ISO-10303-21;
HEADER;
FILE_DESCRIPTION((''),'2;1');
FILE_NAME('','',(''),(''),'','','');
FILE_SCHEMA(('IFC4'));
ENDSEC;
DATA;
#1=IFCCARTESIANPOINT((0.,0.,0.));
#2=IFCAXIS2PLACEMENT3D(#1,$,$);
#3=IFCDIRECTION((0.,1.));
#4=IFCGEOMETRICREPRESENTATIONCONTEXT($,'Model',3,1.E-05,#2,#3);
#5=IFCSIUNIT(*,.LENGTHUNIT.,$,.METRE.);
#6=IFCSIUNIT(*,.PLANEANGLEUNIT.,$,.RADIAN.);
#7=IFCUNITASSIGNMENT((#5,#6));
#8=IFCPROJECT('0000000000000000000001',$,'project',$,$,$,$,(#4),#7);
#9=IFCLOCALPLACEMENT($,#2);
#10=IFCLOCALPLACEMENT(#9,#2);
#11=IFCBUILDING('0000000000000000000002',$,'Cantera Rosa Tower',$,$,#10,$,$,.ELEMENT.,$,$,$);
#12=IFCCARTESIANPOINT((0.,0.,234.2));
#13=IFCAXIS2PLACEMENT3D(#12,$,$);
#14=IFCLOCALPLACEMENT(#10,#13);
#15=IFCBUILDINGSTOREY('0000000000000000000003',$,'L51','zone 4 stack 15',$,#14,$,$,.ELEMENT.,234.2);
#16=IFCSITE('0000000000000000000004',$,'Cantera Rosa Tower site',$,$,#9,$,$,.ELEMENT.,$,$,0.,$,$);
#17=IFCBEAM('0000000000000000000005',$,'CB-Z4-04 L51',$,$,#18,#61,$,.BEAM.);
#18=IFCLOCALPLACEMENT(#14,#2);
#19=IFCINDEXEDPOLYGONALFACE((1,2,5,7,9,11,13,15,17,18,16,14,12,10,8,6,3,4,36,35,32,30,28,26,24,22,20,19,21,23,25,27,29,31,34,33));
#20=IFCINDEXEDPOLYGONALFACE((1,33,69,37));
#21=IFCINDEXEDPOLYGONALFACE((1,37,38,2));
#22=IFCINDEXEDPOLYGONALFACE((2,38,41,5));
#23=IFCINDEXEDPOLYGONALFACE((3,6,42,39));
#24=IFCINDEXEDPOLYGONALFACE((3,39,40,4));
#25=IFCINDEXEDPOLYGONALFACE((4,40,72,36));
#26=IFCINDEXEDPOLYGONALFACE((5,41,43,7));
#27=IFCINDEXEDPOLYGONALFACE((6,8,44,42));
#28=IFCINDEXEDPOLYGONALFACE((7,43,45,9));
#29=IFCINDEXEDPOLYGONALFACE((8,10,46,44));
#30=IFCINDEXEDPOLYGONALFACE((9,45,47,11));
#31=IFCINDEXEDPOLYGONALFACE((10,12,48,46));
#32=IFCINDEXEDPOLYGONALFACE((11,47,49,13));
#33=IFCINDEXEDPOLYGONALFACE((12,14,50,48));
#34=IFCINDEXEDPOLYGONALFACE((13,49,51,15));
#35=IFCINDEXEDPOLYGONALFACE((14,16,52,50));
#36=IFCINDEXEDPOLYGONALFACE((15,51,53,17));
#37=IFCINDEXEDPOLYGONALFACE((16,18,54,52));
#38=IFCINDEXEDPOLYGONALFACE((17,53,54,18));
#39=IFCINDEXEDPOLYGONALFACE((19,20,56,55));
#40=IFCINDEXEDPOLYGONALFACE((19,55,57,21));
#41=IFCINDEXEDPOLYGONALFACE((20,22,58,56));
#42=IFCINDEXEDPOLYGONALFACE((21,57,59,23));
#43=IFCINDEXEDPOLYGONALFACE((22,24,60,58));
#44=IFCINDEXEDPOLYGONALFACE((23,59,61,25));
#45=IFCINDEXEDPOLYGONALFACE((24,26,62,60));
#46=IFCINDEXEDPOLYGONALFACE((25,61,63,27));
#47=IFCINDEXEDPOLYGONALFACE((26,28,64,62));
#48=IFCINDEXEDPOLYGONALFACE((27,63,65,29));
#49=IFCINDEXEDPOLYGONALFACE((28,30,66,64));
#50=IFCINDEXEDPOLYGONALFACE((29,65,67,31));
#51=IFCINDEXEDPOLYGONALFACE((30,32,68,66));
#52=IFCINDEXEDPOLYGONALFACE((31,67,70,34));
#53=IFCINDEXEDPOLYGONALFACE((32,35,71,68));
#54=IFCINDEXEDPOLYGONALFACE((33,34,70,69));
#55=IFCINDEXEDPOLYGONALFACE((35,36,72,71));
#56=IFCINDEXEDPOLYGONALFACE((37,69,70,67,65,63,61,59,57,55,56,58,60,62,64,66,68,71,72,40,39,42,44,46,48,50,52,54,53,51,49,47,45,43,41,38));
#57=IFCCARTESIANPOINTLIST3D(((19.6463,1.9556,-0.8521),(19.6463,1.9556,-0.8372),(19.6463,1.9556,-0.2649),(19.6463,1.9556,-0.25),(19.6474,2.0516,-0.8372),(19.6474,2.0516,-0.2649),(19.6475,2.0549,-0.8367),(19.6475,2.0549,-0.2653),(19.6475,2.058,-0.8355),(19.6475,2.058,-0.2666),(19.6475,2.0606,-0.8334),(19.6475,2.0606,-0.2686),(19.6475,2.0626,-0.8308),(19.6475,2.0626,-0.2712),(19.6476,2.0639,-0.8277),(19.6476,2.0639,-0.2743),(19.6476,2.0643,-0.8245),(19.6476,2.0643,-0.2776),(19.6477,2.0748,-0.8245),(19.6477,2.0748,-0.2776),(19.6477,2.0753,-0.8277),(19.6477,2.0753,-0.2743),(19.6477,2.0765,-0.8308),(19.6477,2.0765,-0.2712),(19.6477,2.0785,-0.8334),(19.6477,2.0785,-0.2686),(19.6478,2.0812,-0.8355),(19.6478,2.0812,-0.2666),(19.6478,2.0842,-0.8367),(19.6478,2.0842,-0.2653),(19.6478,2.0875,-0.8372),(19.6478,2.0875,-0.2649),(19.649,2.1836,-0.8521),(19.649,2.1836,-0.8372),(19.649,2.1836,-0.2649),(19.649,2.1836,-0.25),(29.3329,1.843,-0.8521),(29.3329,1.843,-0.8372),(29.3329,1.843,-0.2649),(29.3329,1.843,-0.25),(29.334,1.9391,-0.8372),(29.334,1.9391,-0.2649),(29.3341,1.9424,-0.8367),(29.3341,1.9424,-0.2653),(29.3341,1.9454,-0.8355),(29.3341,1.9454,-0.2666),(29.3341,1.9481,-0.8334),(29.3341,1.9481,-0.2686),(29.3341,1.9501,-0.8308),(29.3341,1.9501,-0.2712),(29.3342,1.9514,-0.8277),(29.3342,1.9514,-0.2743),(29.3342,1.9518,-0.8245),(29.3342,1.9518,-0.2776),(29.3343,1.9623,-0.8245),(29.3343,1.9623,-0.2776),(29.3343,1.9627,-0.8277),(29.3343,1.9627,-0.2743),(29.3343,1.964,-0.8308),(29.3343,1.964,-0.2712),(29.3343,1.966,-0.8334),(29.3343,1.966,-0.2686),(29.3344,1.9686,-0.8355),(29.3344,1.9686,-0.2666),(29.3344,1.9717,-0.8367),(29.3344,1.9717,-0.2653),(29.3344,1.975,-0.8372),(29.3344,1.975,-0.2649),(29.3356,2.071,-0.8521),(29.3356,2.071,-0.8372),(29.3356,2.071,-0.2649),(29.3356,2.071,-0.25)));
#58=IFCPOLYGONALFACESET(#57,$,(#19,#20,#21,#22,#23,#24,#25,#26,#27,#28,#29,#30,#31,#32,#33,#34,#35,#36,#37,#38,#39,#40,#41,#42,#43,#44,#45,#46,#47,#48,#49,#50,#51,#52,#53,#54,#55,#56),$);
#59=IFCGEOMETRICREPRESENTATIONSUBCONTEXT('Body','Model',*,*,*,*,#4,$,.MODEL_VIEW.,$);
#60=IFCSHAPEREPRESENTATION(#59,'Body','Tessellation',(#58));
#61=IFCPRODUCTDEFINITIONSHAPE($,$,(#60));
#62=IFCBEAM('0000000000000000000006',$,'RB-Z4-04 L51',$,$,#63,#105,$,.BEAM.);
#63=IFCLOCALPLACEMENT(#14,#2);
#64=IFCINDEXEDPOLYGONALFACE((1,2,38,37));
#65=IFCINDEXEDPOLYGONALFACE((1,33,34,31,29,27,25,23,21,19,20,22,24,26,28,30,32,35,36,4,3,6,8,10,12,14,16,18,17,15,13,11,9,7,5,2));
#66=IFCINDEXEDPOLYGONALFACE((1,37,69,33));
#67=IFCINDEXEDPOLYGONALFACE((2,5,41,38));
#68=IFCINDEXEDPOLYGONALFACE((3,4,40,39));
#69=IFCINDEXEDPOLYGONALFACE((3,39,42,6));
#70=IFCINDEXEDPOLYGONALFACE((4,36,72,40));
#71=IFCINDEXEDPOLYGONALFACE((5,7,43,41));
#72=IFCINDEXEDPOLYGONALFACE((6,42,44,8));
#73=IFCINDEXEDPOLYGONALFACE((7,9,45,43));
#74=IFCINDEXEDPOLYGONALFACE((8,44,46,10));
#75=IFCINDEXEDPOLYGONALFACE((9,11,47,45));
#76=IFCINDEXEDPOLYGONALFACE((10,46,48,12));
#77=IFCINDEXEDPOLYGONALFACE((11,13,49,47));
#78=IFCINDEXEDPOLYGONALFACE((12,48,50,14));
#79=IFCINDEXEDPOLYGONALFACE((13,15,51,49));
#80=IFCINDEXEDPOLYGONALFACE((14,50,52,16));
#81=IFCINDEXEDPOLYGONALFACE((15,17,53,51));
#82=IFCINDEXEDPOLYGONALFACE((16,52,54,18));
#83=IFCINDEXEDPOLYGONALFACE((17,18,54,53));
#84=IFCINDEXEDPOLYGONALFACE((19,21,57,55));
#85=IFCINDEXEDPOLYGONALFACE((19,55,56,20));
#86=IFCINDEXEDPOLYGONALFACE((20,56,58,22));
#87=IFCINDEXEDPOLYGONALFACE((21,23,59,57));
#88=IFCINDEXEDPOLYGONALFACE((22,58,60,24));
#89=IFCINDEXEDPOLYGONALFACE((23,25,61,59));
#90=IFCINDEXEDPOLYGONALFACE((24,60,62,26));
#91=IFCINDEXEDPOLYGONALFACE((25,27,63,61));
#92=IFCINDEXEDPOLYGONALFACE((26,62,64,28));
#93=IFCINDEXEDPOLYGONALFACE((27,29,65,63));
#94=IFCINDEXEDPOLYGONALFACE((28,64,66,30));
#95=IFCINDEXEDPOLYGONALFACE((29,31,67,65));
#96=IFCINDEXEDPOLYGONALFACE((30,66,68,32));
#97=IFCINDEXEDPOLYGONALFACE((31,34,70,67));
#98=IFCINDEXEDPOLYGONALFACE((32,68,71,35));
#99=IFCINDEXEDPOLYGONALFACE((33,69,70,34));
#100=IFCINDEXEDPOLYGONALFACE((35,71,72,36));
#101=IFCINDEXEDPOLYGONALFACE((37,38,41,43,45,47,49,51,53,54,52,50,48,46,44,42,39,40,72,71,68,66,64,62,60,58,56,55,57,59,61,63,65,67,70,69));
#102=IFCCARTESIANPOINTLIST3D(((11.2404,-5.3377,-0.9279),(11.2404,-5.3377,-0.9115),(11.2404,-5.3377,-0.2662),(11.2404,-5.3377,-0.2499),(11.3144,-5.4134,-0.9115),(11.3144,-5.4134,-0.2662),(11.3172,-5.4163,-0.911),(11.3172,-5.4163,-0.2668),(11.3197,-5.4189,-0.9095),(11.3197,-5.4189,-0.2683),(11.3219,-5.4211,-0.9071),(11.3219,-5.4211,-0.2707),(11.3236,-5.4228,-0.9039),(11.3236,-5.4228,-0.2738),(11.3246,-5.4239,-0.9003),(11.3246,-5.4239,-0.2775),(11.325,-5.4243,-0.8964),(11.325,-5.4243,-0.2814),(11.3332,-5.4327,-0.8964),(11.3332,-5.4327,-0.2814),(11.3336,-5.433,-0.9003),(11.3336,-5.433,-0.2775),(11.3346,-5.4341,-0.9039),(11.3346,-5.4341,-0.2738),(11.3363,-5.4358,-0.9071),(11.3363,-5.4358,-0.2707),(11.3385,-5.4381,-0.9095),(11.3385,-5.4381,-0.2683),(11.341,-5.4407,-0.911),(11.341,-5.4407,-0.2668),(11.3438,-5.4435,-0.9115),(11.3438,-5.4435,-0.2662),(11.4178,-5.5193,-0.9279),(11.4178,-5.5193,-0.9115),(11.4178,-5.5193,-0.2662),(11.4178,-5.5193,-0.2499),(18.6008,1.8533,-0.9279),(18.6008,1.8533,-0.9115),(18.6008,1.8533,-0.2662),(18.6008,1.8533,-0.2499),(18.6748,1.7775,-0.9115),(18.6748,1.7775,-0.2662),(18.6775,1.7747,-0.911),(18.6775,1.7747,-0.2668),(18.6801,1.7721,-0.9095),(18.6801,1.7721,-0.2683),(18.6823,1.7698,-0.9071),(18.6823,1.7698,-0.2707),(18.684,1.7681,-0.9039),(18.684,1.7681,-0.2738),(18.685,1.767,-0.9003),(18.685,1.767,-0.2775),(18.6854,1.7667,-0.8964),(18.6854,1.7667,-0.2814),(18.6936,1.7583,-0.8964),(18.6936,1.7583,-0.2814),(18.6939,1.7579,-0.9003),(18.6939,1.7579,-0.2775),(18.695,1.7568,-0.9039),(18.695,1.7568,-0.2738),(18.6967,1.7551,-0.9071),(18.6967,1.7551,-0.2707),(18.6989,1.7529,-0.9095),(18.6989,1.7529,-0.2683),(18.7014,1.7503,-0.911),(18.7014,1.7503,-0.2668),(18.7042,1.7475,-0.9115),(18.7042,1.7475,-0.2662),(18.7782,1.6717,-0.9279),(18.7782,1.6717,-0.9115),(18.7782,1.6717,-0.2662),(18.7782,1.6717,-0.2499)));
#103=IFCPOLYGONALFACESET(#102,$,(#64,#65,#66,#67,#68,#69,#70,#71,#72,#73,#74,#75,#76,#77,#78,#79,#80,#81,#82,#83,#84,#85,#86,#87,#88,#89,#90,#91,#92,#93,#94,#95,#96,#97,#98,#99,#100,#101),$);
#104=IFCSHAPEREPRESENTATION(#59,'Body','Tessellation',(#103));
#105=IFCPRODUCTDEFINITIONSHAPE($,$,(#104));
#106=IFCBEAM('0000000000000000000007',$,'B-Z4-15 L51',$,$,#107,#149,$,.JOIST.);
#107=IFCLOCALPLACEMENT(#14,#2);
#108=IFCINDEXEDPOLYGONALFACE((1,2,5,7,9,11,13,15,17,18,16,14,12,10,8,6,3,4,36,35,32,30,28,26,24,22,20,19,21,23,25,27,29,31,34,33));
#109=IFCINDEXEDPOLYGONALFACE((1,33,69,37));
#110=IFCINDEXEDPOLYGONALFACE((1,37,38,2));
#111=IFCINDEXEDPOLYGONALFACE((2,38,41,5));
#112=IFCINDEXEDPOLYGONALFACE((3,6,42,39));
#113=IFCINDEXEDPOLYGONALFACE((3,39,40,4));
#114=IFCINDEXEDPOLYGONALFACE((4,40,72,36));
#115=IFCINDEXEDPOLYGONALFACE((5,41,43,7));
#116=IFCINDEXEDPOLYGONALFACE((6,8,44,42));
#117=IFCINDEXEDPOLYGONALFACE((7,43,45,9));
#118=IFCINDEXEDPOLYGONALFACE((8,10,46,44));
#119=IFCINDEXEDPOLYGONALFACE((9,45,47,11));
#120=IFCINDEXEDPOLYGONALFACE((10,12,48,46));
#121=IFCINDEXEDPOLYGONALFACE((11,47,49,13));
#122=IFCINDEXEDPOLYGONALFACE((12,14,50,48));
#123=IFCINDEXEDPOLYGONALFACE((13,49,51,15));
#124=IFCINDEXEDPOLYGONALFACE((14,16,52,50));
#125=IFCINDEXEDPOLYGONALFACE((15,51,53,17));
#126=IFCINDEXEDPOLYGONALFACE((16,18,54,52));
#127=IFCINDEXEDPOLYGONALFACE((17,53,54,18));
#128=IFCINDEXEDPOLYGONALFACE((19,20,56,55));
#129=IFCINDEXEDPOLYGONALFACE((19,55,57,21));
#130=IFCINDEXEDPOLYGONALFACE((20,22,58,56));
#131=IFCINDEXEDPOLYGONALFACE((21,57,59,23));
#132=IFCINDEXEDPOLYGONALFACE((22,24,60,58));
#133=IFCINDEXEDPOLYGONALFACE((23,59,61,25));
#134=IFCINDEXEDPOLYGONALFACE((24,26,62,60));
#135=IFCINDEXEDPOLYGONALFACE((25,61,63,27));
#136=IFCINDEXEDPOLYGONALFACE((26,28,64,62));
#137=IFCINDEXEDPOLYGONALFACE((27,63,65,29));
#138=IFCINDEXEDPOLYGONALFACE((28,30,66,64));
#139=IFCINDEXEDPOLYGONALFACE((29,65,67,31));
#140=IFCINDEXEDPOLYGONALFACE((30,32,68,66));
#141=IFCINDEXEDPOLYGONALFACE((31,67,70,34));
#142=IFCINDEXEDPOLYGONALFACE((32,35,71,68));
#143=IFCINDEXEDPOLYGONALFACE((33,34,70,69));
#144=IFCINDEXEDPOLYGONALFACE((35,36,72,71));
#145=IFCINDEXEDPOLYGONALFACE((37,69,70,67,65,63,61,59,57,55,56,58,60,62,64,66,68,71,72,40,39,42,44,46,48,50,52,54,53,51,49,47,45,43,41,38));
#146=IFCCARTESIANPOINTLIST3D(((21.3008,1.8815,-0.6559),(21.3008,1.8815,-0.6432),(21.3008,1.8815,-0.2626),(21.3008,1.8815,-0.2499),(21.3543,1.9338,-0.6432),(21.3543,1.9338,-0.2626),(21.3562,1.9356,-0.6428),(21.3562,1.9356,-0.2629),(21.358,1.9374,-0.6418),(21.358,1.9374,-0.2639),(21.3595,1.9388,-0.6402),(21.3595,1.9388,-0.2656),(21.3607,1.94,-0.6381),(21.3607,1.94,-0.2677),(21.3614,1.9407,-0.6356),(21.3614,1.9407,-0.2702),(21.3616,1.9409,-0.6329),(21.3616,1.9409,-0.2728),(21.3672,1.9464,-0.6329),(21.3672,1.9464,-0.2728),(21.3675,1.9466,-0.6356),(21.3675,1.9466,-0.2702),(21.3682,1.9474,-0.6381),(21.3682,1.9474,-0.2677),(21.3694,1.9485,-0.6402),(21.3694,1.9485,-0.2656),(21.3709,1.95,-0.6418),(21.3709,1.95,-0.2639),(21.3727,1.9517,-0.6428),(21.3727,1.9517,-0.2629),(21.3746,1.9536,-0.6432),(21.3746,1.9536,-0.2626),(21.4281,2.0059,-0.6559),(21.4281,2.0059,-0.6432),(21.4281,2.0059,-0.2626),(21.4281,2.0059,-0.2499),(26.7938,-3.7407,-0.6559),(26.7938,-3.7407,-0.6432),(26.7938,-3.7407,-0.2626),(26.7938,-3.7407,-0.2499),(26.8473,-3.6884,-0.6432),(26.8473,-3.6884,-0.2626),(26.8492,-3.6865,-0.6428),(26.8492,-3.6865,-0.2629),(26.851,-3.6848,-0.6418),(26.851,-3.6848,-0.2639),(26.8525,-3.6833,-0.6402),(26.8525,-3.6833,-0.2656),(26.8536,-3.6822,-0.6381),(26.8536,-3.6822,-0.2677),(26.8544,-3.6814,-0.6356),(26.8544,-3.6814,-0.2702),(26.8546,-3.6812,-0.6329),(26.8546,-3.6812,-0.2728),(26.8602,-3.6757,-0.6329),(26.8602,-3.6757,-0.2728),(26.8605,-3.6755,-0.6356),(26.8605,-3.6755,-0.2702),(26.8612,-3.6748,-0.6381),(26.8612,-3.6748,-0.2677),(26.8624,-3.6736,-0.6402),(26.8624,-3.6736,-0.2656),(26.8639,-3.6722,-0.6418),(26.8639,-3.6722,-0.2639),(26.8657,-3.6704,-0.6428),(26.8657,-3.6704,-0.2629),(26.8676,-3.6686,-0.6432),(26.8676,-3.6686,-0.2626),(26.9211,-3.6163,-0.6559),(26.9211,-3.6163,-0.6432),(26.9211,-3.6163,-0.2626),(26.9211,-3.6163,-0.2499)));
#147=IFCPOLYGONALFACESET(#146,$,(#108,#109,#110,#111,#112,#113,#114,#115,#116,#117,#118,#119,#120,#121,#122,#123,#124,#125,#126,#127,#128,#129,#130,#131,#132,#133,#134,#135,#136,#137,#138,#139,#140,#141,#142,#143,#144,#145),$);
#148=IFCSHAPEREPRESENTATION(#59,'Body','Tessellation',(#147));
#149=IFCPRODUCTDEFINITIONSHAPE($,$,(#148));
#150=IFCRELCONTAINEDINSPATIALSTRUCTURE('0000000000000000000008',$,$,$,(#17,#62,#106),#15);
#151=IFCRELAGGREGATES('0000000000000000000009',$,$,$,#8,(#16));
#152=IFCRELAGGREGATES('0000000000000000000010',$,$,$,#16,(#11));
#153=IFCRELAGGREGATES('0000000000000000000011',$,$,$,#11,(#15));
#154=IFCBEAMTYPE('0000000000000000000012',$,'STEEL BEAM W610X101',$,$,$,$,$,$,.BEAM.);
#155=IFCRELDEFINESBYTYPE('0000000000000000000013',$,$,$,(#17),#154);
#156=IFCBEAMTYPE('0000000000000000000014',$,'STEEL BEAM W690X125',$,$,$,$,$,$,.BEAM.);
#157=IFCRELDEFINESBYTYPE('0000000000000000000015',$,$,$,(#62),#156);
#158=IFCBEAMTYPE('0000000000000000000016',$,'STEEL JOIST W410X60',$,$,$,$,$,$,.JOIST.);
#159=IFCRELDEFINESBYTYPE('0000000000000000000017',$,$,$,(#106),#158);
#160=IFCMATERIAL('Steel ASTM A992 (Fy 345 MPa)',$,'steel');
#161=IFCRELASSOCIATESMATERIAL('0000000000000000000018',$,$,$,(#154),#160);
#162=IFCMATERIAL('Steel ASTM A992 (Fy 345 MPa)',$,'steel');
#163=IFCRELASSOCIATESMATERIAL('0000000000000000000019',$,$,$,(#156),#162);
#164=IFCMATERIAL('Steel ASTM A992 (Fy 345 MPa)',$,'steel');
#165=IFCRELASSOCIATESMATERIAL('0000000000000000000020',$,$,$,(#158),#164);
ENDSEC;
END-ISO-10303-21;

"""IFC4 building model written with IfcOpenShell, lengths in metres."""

from ifc_helpers import new_model, si_unit, direction, frame, origin, origin_2d, place, context, subcontext, project, spatial, i_section, extrude, material, material_profile, profile_set, type_object, element, save


model = new_model("IFC4")

# Units and contexts
model_context = context("Model", 3, precision=1e-05, world=origin(), true_north=direction((0.0, 1.0)))
body_context = subcontext(model_context, "Body", "Model", "MODEL_VIEW")
ifc_project = project(units=[si_unit("LENGTHUNIT", "METRE"), si_unit("PLANEANGLEUNIT", "RADIAN")], contexts=[model_context])

# Site, building, storey
site_placement = place(None, origin())
site = spatial("IfcSite", under=ifc_project, at=site_placement, Name="Cantera Rosa Tower site", CompositionType="ELEMENT", RefElevation=0.0)
building_placement = place(site_placement, origin())
building = spatial("IfcBuilding", under=site, at=building_placement, Name="Cantera Rosa Tower", CompositionType="ELEMENT")
storey_placement = place(building_placement, frame((0.0, 0.0, 234.2)))
storey = spatial("IfcBuildingStorey", under=building, at=storey_placement, Name="L51", Description="zone 4 stack 15", CompositionType="ELEMENT", Elevation=234.2)

# Beams
ifc_material_1 = material(Name="Steel ASTM A992 (Fy 345 MPa)", Category="steel")
ifc_material_profile_1 = material_profile(ifc_material_1, i_section(OverallWidth=0.228, OverallDepth=0.6021, WebThickness=0.0105, FlangeThickness=0.0149, FilletRadius=0.0127, at=origin_2d()), Name="W610X101")
ifc_profile_set_1 = profile_set([ifc_material_profile_1], Name="Steel ASTM A992 (Fy 345 MPa)")
beam_type_1 = type_object("IfcBeamType", Name="STEEL BEAM W610X101", PredefinedType="BEAM", material=ifc_profile_set_1)
beam_1_placement = place(storey_placement, frame((29.3342, 1.957, -0.551), z_axis=(-0.999933, 0.011618, 0.0), x_axis=(-0.011618, -0.999933, 0.0)))
element("IfcBeam", 1, at=beam_1_placement, inside=storey, type_object=beam_type_1, Name="CB-Z4-04 L51", PredefinedType="BEAM", context=body_context, shape_type="SweptSolid", body=[
    extrude(i_section(OverallWidth=0.228, OverallDepth=0.6021, WebThickness=0.0105, FlangeThickness=0.0149, FilletRadius=0.0127, at=origin_2d()), origin(), (0.0, 0.0, 1.0), 9.6873),
])
ifc_material_2 = material(Name="Steel ASTM A992 (Fy 345 MPa)", Category="steel")
ifc_material_profile_2 = material_profile(ifc_material_2, i_section(OverallWidth=0.2539, OverallDepth=0.678, WebThickness=0.0117, FlangeThickness=0.0164, FilletRadius=0.0151, at=origin_2d()), Name="W690X125")
ifc_profile_set_2 = profile_set([ifc_material_profile_2], Name="Steel ASTM A992 (Fy 345 MPa)")
beam_type_2 = type_object("IfcBeamType", Name="STEEL BEAM W690X125", PredefinedType="BEAM", material=ifc_profile_set_2)
beam_2_placement = place(storey_placement, frame((11.3291, -5.4285, -0.5889), z_axis=(0.715292, 0.698826, 0.0), x_axis=(-0.698826, 0.715292, 0.0)))
element("IfcBeam", 2, at=beam_2_placement, inside=storey, type_object=beam_type_2, Name="RB-Z4-04 L51", PredefinedType="BEAM", context=body_context, shape_type="SweptSolid", body=[
    extrude(i_section(OverallWidth=0.2539, OverallDepth=0.678, WebThickness=0.0117, FlangeThickness=0.0164, FilletRadius=0.0151, at=origin_2d()), origin(), (0.0, 0.0, 1.0), 10.29),
])
ifc_material_3 = material(Name="Steel ASTM A992 (Fy 345 MPa)", Category="steel")
ifc_material_profile_3 = material_profile(ifc_material_3, i_section(OverallWidth=0.178, OverallDepth=0.406, WebThickness=0.0078, FlangeThickness=0.0127, FilletRadius=0.0103, at=origin_2d()), Name="W410X60")
ifc_profile_set_3 = profile_set([ifc_material_profile_3], Name="Steel ASTM A992 (Fy 345 MPa)")
beam_type_3 = type_object("IfcBeamType", Name="STEEL JOIST W410X60", PredefinedType="JOIST", material=ifc_profile_set_3)
beam_3_placement = place(storey_placement, frame((26.8574, -3.6785, -0.4529), z_axis=(-0.698843, 0.715275, 0.0), x_axis=(-0.715275, -0.698843, 0.0)))
element("IfcBeam", 3, at=beam_3_placement, inside=storey, type_object=beam_type_3, Name="B-Z4-15 L51", PredefinedType="JOIST", context=body_context, shape_type="SweptSolid", body=[
    extrude(i_section(OverallWidth=0.178, OverallDepth=0.406, WebThickness=0.0078, FlangeThickness=0.0127, FilletRadius=0.0103, at=origin_2d()), origin(), (0.0, 0.0, 1.0), 7.8601),
])

save(model, "model.ifc")
